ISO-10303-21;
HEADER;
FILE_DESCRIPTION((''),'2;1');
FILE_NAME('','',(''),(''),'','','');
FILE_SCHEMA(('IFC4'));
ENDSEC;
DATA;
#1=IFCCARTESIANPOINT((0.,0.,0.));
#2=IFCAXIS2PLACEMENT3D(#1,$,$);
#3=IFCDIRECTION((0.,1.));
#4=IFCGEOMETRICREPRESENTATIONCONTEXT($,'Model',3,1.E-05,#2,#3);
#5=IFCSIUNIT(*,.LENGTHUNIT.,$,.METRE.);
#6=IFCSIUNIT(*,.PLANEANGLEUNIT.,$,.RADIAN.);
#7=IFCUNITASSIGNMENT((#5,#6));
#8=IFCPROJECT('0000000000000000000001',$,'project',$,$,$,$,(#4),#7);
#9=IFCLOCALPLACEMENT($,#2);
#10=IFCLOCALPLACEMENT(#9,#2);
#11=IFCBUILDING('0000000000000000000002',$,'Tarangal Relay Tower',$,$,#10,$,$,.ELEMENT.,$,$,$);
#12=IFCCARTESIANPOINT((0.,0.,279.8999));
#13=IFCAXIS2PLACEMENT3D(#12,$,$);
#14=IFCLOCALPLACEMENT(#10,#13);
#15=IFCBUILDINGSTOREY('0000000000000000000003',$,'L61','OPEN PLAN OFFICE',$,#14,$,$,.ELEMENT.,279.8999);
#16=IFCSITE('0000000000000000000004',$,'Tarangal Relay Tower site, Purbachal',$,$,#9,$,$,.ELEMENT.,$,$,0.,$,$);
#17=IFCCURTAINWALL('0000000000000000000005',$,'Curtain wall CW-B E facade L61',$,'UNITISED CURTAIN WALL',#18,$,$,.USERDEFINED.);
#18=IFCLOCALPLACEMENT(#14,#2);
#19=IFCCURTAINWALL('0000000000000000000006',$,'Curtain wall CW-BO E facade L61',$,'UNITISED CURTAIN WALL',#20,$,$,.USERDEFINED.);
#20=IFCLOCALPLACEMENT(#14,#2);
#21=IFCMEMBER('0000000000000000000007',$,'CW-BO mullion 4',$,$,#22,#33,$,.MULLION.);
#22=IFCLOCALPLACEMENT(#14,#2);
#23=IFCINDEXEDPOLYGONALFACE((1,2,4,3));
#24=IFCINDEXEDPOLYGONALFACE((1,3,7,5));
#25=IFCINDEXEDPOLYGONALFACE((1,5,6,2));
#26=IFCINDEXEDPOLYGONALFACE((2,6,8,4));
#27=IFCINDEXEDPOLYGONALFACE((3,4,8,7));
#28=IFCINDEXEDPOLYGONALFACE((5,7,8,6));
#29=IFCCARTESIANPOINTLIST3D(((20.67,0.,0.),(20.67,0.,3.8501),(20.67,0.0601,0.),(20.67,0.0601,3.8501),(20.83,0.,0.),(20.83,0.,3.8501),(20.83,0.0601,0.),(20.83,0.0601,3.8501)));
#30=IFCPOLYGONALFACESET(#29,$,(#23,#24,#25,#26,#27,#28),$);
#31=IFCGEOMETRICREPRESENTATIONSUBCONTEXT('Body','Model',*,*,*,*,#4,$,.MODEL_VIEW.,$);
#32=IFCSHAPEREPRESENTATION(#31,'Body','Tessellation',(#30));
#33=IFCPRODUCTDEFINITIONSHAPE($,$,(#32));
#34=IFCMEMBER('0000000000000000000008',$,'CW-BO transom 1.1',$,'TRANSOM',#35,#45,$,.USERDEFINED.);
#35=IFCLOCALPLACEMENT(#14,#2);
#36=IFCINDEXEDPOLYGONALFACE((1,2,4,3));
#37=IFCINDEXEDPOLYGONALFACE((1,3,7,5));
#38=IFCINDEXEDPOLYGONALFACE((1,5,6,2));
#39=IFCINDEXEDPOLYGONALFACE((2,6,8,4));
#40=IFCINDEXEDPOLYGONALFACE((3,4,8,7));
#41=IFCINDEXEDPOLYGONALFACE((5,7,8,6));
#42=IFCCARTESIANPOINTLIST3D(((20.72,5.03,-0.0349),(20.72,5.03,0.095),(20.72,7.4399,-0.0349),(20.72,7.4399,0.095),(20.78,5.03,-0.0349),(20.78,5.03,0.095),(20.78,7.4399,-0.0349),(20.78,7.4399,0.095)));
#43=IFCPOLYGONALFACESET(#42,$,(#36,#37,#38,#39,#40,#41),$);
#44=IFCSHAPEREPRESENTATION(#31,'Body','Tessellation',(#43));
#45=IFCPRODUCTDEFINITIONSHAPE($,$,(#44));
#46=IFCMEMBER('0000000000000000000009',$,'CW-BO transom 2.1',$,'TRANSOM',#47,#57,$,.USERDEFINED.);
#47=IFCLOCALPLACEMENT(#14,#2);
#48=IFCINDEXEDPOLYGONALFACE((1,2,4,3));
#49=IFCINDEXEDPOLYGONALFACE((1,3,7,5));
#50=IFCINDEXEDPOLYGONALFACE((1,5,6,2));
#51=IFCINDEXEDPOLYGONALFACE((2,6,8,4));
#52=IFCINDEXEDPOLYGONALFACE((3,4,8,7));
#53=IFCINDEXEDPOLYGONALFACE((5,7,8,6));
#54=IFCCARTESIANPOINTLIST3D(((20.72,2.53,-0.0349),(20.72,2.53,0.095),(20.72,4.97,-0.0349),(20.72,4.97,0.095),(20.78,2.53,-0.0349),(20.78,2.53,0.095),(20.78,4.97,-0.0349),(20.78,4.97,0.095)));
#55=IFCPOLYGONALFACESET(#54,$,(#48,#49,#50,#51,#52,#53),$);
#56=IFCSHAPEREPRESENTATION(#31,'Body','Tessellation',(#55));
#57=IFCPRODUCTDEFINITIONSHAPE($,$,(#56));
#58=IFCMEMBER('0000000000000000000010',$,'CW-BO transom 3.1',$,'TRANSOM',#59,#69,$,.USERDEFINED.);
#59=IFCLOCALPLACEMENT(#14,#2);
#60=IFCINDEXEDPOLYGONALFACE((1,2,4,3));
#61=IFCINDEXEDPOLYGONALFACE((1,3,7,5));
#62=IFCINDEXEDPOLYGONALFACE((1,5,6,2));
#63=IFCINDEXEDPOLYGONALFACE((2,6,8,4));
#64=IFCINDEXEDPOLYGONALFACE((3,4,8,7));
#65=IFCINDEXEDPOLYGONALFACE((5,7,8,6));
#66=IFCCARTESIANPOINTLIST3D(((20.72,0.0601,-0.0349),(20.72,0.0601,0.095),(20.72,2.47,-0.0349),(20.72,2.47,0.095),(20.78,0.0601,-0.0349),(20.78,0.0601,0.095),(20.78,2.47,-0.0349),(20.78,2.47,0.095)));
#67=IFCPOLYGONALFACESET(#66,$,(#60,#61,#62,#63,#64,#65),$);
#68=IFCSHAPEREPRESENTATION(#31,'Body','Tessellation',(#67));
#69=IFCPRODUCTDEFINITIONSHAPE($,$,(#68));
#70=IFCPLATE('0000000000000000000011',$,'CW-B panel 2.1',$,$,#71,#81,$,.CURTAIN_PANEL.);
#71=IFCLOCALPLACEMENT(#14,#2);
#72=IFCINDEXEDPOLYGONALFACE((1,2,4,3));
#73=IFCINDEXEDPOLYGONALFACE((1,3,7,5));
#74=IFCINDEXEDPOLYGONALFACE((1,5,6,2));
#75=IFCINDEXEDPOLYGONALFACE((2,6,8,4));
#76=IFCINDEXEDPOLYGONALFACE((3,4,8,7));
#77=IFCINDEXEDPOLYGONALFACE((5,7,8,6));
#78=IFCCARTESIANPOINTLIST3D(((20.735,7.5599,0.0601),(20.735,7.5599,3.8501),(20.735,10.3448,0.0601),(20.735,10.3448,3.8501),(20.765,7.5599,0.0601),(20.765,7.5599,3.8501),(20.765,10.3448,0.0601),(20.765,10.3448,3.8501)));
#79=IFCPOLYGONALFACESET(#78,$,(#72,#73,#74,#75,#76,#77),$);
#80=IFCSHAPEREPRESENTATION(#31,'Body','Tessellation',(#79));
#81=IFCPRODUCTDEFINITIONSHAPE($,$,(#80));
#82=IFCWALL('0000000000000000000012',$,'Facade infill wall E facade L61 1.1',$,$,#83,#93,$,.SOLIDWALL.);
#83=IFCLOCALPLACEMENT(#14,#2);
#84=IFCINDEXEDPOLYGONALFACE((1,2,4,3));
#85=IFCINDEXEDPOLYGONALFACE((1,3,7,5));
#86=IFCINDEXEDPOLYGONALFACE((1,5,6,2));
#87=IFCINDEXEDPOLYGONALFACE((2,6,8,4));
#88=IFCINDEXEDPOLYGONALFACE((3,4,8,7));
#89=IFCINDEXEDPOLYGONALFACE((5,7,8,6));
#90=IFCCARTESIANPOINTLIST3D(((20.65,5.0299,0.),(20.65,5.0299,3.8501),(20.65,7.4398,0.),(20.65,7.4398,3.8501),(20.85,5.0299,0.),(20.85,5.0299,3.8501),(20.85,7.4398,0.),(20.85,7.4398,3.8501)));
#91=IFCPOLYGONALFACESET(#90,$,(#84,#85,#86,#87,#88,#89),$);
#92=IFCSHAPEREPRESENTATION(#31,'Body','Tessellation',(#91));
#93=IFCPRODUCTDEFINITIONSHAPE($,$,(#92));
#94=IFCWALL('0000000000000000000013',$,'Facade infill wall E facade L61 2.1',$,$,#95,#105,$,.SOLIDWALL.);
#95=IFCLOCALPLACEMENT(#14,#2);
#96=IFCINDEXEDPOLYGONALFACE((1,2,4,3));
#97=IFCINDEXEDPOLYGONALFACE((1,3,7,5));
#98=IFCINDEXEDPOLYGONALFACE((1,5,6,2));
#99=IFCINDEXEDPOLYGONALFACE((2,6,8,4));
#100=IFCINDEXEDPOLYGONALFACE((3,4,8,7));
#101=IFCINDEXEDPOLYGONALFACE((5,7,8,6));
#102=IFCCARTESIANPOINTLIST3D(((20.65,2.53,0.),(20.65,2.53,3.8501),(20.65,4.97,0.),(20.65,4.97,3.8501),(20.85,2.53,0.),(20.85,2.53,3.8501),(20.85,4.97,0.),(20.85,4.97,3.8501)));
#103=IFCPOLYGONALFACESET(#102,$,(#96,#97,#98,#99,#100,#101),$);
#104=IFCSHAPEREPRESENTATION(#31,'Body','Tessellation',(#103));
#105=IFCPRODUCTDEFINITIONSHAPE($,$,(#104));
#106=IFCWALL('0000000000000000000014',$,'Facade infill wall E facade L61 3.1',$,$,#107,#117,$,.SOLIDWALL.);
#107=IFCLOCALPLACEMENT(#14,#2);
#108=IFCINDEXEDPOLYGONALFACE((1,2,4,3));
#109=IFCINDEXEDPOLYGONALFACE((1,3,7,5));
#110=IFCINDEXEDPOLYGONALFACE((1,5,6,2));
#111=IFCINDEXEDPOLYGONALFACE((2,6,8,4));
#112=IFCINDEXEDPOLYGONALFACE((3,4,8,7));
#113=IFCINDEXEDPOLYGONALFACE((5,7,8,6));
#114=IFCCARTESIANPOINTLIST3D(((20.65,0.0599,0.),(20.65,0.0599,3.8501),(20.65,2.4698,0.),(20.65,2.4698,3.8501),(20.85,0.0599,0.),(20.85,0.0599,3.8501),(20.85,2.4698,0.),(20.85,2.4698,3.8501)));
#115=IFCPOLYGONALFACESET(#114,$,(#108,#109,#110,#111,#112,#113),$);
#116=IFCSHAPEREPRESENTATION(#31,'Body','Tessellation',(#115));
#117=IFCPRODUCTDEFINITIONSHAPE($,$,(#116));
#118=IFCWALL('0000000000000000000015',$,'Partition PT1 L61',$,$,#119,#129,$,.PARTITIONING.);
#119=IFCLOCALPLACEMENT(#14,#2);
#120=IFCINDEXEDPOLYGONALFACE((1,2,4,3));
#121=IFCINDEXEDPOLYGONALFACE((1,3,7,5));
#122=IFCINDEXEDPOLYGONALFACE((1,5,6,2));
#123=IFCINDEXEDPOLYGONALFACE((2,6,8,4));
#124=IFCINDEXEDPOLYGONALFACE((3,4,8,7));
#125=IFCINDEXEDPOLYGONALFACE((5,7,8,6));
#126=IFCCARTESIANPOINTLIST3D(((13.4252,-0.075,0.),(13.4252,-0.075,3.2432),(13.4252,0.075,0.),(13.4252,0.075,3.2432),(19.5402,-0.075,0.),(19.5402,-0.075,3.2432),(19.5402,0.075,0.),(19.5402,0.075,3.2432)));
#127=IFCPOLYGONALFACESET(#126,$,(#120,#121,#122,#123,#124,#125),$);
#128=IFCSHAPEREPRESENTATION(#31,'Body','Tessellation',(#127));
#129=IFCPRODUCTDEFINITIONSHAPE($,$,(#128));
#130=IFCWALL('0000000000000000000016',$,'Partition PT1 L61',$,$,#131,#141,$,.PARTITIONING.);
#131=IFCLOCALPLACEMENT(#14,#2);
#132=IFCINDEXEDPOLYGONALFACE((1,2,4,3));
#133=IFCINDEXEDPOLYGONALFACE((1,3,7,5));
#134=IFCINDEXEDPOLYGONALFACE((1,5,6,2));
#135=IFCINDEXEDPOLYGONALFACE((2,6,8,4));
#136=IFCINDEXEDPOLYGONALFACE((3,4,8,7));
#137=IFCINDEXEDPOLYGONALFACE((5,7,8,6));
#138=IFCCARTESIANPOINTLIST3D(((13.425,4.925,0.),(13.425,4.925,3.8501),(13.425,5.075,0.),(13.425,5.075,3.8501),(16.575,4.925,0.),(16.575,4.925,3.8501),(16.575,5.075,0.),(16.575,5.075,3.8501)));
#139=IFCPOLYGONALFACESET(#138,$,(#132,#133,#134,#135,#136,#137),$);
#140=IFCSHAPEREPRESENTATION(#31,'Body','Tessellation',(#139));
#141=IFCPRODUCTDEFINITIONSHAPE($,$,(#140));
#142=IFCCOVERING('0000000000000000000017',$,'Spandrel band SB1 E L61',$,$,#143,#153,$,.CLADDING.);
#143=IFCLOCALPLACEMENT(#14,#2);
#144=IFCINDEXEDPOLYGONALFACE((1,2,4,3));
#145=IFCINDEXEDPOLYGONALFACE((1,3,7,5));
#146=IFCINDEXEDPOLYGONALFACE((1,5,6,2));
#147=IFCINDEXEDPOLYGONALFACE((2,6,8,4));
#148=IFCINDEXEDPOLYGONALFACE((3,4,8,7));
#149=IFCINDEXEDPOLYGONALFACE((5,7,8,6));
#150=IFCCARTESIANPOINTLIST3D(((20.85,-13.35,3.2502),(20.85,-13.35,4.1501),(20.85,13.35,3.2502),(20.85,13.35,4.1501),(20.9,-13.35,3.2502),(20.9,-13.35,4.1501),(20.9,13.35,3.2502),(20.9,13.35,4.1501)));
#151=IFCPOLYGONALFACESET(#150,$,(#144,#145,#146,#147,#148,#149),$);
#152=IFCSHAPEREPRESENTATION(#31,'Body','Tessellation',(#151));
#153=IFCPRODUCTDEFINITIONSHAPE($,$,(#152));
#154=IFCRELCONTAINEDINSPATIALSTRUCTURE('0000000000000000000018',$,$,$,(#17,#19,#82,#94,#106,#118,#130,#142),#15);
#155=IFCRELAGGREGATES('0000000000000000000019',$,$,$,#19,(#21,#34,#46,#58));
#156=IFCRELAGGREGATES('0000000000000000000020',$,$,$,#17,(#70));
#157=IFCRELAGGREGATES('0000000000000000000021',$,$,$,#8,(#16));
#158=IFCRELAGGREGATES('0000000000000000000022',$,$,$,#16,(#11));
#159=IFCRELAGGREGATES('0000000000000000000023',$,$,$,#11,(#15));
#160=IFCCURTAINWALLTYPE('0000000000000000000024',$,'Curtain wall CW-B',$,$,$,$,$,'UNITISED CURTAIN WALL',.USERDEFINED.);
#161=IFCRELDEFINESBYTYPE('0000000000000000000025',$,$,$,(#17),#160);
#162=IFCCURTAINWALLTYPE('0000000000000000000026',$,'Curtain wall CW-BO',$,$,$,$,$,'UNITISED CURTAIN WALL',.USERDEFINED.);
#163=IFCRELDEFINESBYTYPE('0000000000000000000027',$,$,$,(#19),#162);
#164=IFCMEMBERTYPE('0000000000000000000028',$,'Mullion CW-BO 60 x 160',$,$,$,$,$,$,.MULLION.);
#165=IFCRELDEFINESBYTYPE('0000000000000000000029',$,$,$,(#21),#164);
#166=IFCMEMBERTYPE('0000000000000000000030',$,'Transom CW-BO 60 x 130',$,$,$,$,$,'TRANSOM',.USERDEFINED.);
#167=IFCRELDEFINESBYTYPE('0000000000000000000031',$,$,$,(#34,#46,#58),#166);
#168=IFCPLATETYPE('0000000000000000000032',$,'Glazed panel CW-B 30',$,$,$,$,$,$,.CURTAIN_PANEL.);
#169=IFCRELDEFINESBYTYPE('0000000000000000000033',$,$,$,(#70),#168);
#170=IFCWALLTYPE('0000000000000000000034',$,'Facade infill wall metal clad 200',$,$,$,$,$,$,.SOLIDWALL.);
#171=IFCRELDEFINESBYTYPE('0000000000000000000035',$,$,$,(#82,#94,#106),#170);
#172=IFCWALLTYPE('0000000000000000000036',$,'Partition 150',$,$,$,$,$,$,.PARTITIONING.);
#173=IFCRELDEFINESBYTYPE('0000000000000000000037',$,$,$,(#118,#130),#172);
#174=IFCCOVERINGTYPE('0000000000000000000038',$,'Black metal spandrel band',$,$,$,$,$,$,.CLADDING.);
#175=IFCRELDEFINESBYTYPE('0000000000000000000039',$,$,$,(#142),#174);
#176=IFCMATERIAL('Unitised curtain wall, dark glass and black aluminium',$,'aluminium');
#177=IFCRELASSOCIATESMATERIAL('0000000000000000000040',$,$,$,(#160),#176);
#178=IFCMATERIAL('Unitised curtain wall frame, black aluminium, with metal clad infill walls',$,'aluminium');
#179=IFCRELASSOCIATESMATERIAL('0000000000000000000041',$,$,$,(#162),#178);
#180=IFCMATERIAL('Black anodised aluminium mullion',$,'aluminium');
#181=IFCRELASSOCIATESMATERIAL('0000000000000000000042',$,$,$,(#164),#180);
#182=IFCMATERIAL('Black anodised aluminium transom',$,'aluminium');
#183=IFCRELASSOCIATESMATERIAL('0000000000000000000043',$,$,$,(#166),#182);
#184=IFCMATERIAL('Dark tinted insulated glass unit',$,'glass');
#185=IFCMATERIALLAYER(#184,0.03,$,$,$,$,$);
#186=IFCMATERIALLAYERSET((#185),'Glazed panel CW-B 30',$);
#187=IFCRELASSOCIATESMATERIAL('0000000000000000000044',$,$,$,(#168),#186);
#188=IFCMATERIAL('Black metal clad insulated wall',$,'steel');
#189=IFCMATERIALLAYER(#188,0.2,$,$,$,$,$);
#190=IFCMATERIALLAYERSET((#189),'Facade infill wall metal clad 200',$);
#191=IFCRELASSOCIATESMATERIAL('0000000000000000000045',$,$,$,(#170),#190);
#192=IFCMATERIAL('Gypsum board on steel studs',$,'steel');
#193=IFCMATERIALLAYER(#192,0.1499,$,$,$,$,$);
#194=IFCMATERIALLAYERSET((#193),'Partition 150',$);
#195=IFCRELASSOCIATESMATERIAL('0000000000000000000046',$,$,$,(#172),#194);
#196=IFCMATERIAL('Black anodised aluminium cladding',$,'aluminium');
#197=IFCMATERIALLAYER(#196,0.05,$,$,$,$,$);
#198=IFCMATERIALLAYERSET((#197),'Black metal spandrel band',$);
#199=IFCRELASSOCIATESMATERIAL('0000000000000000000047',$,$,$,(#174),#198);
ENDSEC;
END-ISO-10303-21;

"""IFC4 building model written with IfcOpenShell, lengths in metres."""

from ifc_helpers import new_model, si_unit, direction, frame, frame_2d, origin, origin_2d, place, context, subcontext, project, spatial, rectangle, extrude, material, layer, layer_set, material_profile, profile_set, type_object, element, aggregate, save


model = new_model("IFC4")

# Units and contexts
model_context = context("Model", 3, precision=1e-05, world=origin(), true_north=direction((0.0, 1.0)))
body_context = subcontext(model_context, "Body", "Model", "MODEL_VIEW")
ifc_project = project(units=[si_unit("LENGTHUNIT", "METRE"), si_unit("PLANEANGLEUNIT", "RADIAN")], contexts=[model_context])

# Site, building, storey
site_placement = place(None, origin())
site = spatial("IfcSite", under=ifc_project, at=site_placement, Name="Tarangal Relay Tower site, Purbachal", CompositionType="ELEMENT", RefElevation=0.0)
building_placement = place(site_placement, origin())
building = spatial("IfcBuilding", under=site, at=building_placement, Name="Tarangal Relay Tower", CompositionType="ELEMENT")
storey_placement = place(building_placement, frame((0.0, 0.0, 279.8999)))
storey = spatial("IfcBuildingStorey", under=building, at=storey_placement, Name="L61", Description="OPEN PLAN OFFICE", CompositionType="ELEMENT", Elevation=279.8999)

# Curtain wall
ifc_material_1 = material(Name="Unitised curtain wall, dark glass and black aluminium", Category="aluminium")
curtain_wall_type_1 = type_object("IfcCurtainWallType", Name="Curtain wall CW-B", ElementType="UNITISED CURTAIN WALL", PredefinedType="USERDEFINED", material=ifc_material_1)
curtain_wall_1_placement = place(storey_placement, origin())
curtain_wall_1 = element("IfcCurtainWall", 1, at=curtain_wall_1_placement, inside=storey, type_object=curtain_wall_type_1, Name="Curtain wall CW-B E facade L61", ObjectType="UNITISED CURTAIN WALL", PredefinedType="USERDEFINED")
ifc_material_2 = material(Name="Black anodised aluminium mullion", Category="aluminium")

# Curtain wall, members
ifc_material_3 = material(Name="Unitised curtain wall frame, black aluminium, with metal clad infill walls", Category="aluminium")
curtain_wall_type_2 = type_object("IfcCurtainWallType", Name="Curtain wall CW-BO", ElementType="UNITISED CURTAIN WALL", PredefinedType="USERDEFINED", material=ifc_material_3)
curtain_wall_2_placement = place(storey_placement, origin())
curtain_wall_2 = element("IfcCurtainWall", 2, at=curtain_wall_2_placement, inside=storey, type_object=curtain_wall_type_2, Name="Curtain wall CW-BO E facade L61", ObjectType="UNITISED CURTAIN WALL", PredefinedType="USERDEFINED")
ifc_material_profile_1 = material_profile(ifc_material_2, rectangle(XDim=0.1599, YDim=0.0601, at=origin_2d()), Name="CW-BOM 60X160")
ifc_profile_set_1 = profile_set([ifc_material_profile_1], Name="Black anodised aluminium mullion")
member_type_1 = type_object("IfcMemberType", Name="Mullion CW-BO 60 x 160", PredefinedType="MULLION", material=ifc_profile_set_1)
member_1_placement = place(storey_placement, frame((20.75, 0.03, 0.0), z_axis=(0.0, 0.0, 1.0), x_axis=(1.0, 0.0, 0.0)))
member_1 = element("IfcMember", 3, at=member_1_placement, type_object=member_type_1, Name="CW-BO mullion 4", PredefinedType="MULLION", context=body_context, shape_type="SweptSolid", body=[
    extrude(rectangle(XDim=0.1599, YDim=0.0601, at=origin_2d()), origin(), (0.0, 0.0, 1.0), 3.8501),
])
ifc_material_4 = material(Name="Black anodised aluminium transom", Category="aluminium")
ifc_material_profile_2 = material_profile(ifc_material_4, rectangle(XDim=0.0601, YDim=0.1299, at=origin_2d()), Name="CW-BOT 60X130")
ifc_profile_set_2 = profile_set([ifc_material_profile_2], Name="Black anodised aluminium transom")
member_type_2 = type_object("IfcMemberType", Name="Transom CW-BO 60 x 130", ElementType="TRANSOM", PredefinedType="USERDEFINED", material=ifc_profile_set_2)
member_2_placement = place(storey_placement, frame((20.75, 7.4399, 0.03), z_axis=(0.0, -1.0, 0.0), x_axis=(1.0, 0.0, 0.0)))
member_2 = element("IfcMember", 4, at=member_2_placement, type_object=member_type_2, Name="CW-BO transom 1.1", ObjectType="TRANSOM", PredefinedType="USERDEFINED", context=body_context, shape_type="SweptSolid", body=[
    extrude(rectangle(XDim=0.0601, YDim=0.1299, at=origin_2d()), origin(), (0.0, 0.0, 1.0), 2.4099),
])
member_3_placement = place(storey_placement, frame((20.75, 4.97, 0.03), z_axis=(0.0, -1.0, 0.0), x_axis=(1.0, 0.0, 0.0)))
member_3 = element("IfcMember", 5, at=member_3_placement, type_object=member_type_2, Name="CW-BO transom 2.1", ObjectType="TRANSOM", PredefinedType="USERDEFINED", context=body_context, shape_type="SweptSolid", body=[
    extrude(rectangle(XDim=0.0601, YDim=0.1299, at=origin_2d()), origin(), (0.0, 0.0, 1.0), 2.4399),
])
member_4_placement = place(storey_placement, frame((20.75, 2.47, 0.03), z_axis=(0.0, -1.0, 0.0), x_axis=(1.0, 0.0, 0.0)))
member_4 = element("IfcMember", 6, at=member_4_placement, type_object=member_type_2, Name="CW-BO transom 3.1", ObjectType="TRANSOM", PredefinedType="USERDEFINED", context=body_context, shape_type="SweptSolid", body=[
    extrude(rectangle(XDim=0.0601, YDim=0.1299, at=origin_2d()), origin(), (0.0, 0.0, 1.0), 2.4099),
])
aggregate(curtain_wall_2, [member_1, member_2, member_3, member_4])

# Plate
ifc_material_5 = material(Name="Dark tinted insulated glass unit", Category="glass")
ifc_layer_1 = layer(ifc_material_5, 0.03)
ifc_layer_set_1 = layer_set([ifc_layer_1], Name="Glazed panel CW-B 30")
plate_type = type_object("IfcPlateType", Name="Glazed panel CW-B 30", PredefinedType="CURTAIN_PANEL", material=ifc_layer_set_1)
plate_placement = place(storey_placement, frame((20.75, 8.9524, 0.0601), z_axis=(0.0, 0.0, 1.0), x_axis=(0.0, -1.0, 0.0)))
plate = element("IfcPlate", 7, at=plate_placement, type_object=plate_type, Name="CW-B panel 2.1", PredefinedType="CURTAIN_PANEL", context=body_context, shape_type="SweptSolid", body=[
    extrude(rectangle(XDim=2.7849, YDim=0.03, at=origin_2d()), origin(), (0.0, 0.0, 1.0), 3.79),
])
aggregate(curtain_wall_1, [plate])

# Walls
ifc_material_6 = material(Name="Black metal clad insulated wall", Category="steel")
ifc_layer_2 = layer(ifc_material_6, 0.2)
ifc_layer_set_2 = layer_set([ifc_layer_2], Name="Facade infill wall metal clad 200")
wall_type_1 = type_object("IfcWallType", Name="Facade infill wall metal clad 200", PredefinedType="SOLIDWALL", material=ifc_layer_set_2)
wall_1_placement = place(storey_placement, frame((20.75, 7.4399, 0.0), z_axis=(0.0, 0.0, 1.0), x_axis=(0.0, -1.0, 0.0)))
element("IfcWall", 8, at=wall_1_placement, inside=storey, type_object=wall_type_1, Name="Facade infill wall E facade L61 1.1", PredefinedType="SOLIDWALL", context=body_context, shape_type="SweptSolid", body=[
    extrude(rectangle(XDim=2.4099, YDim=0.2, at=frame_2d((1.2051, 0.0))), origin(), (0.0, 0.0, 1.0), 3.8501),
])
wall_2_placement = place(storey_placement, frame((20.75, 4.97, 0.0), z_axis=(0.0, 0.0, 1.0), x_axis=(0.0, -1.0, 0.0)))
element("IfcWall", 9, at=wall_2_placement, inside=storey, type_object=wall_type_1, Name="Facade infill wall E facade L61 2.1", PredefinedType="SOLIDWALL", context=body_context, shape_type="SweptSolid", body=[
    extrude(rectangle(XDim=2.4399, YDim=0.2, at=frame_2d((1.22, 0.0))), origin(), (0.0, 0.0, 1.0), 3.8501),
])
wall_3_placement = place(storey_placement, frame((20.75, 2.47, 0.0), z_axis=(0.0, 0.0, 1.0), x_axis=(0.0, -1.0, 0.0)))
element("IfcWall", 10, at=wall_3_placement, inside=storey, type_object=wall_type_1, Name="Facade infill wall E facade L61 3.1", PredefinedType="SOLIDWALL", context=body_context, shape_type="SweptSolid", body=[
    extrude(rectangle(XDim=2.4099, YDim=0.2, at=frame_2d((1.2051, 0.0))), origin(), (0.0, 0.0, 1.0), 3.8501),
])
ifc_material_7 = material(Name="Gypsum board on steel studs", Category="steel")
ifc_layer_3 = layer(ifc_material_7, 0.1499)
ifc_layer_set_3 = layer_set([ifc_layer_3], Name="Partition 150")
wall_type_2 = type_object("IfcWallType", Name="Partition 150", PredefinedType="PARTITIONING", material=ifc_layer_set_3)
wall_4_placement = place(storey_placement, frame((13.425, 0.0, 0.0), z_axis=(0.0, 0.0, 1.0), x_axis=(1.0, 0.0, 0.0)))
element("IfcWall", 11, at=wall_4_placement, inside=storey, type_object=wall_type_2, Name="Partition PT1 L61", PredefinedType="PARTITIONING", context=body_context, shape_type="SweptSolid", body=[
    extrude(rectangle(XDim=6.115, YDim=0.1499, at=frame_2d((3.0576, 0.0))), origin(), (0.0, 0.0, 1.0), 3.2432),
])
wall_5_placement = place(storey_placement, frame((13.425, 5.0, 0.0), z_axis=(0.0, 0.0, 1.0), x_axis=(1.0, 0.0, 0.0)))
element("IfcWall", 12, at=wall_5_placement, inside=storey, type_object=wall_type_2, Name="Partition PT1 L61", PredefinedType="PARTITIONING", context=body_context, shape_type="SweptSolid", body=[
    extrude(rectangle(XDim=3.1499, YDim=0.1499, at=frame_2d((1.575, 0.0))), origin(), (0.0, 0.0, 1.0), 3.8501),
])

# Covering
ifc_material_8 = material(Name="Black anodised aluminium cladding", Category="aluminium")
ifc_layer_4 = layer(ifc_material_8, 0.05)
ifc_layer_set_4 = layer_set([ifc_layer_4], Name="Black metal spandrel band")
covering_type = type_object("IfcCoveringType", Name="Black metal spandrel band", PredefinedType="CLADDING", material=ifc_layer_set_4)
covering_placement = place(storey_placement, frame((20.875, 0.0, 3.2502), z_axis=(0.0, 0.0, 1.0), x_axis=(0.0, -1.0, 0.0)))
element("IfcCovering", 13, at=covering_placement, inside=storey, type_object=covering_type, Name="Spandrel band SB1 E L61", PredefinedType="CLADDING", context=body_context, shape_type="SweptSolid", body=[
    extrude(rectangle(XDim=26.7, YDim=0.05, at=origin_2d()), origin(), (0.0, 0.0, 1.0), 0.8999),
])

save(model, "model.ifc")
